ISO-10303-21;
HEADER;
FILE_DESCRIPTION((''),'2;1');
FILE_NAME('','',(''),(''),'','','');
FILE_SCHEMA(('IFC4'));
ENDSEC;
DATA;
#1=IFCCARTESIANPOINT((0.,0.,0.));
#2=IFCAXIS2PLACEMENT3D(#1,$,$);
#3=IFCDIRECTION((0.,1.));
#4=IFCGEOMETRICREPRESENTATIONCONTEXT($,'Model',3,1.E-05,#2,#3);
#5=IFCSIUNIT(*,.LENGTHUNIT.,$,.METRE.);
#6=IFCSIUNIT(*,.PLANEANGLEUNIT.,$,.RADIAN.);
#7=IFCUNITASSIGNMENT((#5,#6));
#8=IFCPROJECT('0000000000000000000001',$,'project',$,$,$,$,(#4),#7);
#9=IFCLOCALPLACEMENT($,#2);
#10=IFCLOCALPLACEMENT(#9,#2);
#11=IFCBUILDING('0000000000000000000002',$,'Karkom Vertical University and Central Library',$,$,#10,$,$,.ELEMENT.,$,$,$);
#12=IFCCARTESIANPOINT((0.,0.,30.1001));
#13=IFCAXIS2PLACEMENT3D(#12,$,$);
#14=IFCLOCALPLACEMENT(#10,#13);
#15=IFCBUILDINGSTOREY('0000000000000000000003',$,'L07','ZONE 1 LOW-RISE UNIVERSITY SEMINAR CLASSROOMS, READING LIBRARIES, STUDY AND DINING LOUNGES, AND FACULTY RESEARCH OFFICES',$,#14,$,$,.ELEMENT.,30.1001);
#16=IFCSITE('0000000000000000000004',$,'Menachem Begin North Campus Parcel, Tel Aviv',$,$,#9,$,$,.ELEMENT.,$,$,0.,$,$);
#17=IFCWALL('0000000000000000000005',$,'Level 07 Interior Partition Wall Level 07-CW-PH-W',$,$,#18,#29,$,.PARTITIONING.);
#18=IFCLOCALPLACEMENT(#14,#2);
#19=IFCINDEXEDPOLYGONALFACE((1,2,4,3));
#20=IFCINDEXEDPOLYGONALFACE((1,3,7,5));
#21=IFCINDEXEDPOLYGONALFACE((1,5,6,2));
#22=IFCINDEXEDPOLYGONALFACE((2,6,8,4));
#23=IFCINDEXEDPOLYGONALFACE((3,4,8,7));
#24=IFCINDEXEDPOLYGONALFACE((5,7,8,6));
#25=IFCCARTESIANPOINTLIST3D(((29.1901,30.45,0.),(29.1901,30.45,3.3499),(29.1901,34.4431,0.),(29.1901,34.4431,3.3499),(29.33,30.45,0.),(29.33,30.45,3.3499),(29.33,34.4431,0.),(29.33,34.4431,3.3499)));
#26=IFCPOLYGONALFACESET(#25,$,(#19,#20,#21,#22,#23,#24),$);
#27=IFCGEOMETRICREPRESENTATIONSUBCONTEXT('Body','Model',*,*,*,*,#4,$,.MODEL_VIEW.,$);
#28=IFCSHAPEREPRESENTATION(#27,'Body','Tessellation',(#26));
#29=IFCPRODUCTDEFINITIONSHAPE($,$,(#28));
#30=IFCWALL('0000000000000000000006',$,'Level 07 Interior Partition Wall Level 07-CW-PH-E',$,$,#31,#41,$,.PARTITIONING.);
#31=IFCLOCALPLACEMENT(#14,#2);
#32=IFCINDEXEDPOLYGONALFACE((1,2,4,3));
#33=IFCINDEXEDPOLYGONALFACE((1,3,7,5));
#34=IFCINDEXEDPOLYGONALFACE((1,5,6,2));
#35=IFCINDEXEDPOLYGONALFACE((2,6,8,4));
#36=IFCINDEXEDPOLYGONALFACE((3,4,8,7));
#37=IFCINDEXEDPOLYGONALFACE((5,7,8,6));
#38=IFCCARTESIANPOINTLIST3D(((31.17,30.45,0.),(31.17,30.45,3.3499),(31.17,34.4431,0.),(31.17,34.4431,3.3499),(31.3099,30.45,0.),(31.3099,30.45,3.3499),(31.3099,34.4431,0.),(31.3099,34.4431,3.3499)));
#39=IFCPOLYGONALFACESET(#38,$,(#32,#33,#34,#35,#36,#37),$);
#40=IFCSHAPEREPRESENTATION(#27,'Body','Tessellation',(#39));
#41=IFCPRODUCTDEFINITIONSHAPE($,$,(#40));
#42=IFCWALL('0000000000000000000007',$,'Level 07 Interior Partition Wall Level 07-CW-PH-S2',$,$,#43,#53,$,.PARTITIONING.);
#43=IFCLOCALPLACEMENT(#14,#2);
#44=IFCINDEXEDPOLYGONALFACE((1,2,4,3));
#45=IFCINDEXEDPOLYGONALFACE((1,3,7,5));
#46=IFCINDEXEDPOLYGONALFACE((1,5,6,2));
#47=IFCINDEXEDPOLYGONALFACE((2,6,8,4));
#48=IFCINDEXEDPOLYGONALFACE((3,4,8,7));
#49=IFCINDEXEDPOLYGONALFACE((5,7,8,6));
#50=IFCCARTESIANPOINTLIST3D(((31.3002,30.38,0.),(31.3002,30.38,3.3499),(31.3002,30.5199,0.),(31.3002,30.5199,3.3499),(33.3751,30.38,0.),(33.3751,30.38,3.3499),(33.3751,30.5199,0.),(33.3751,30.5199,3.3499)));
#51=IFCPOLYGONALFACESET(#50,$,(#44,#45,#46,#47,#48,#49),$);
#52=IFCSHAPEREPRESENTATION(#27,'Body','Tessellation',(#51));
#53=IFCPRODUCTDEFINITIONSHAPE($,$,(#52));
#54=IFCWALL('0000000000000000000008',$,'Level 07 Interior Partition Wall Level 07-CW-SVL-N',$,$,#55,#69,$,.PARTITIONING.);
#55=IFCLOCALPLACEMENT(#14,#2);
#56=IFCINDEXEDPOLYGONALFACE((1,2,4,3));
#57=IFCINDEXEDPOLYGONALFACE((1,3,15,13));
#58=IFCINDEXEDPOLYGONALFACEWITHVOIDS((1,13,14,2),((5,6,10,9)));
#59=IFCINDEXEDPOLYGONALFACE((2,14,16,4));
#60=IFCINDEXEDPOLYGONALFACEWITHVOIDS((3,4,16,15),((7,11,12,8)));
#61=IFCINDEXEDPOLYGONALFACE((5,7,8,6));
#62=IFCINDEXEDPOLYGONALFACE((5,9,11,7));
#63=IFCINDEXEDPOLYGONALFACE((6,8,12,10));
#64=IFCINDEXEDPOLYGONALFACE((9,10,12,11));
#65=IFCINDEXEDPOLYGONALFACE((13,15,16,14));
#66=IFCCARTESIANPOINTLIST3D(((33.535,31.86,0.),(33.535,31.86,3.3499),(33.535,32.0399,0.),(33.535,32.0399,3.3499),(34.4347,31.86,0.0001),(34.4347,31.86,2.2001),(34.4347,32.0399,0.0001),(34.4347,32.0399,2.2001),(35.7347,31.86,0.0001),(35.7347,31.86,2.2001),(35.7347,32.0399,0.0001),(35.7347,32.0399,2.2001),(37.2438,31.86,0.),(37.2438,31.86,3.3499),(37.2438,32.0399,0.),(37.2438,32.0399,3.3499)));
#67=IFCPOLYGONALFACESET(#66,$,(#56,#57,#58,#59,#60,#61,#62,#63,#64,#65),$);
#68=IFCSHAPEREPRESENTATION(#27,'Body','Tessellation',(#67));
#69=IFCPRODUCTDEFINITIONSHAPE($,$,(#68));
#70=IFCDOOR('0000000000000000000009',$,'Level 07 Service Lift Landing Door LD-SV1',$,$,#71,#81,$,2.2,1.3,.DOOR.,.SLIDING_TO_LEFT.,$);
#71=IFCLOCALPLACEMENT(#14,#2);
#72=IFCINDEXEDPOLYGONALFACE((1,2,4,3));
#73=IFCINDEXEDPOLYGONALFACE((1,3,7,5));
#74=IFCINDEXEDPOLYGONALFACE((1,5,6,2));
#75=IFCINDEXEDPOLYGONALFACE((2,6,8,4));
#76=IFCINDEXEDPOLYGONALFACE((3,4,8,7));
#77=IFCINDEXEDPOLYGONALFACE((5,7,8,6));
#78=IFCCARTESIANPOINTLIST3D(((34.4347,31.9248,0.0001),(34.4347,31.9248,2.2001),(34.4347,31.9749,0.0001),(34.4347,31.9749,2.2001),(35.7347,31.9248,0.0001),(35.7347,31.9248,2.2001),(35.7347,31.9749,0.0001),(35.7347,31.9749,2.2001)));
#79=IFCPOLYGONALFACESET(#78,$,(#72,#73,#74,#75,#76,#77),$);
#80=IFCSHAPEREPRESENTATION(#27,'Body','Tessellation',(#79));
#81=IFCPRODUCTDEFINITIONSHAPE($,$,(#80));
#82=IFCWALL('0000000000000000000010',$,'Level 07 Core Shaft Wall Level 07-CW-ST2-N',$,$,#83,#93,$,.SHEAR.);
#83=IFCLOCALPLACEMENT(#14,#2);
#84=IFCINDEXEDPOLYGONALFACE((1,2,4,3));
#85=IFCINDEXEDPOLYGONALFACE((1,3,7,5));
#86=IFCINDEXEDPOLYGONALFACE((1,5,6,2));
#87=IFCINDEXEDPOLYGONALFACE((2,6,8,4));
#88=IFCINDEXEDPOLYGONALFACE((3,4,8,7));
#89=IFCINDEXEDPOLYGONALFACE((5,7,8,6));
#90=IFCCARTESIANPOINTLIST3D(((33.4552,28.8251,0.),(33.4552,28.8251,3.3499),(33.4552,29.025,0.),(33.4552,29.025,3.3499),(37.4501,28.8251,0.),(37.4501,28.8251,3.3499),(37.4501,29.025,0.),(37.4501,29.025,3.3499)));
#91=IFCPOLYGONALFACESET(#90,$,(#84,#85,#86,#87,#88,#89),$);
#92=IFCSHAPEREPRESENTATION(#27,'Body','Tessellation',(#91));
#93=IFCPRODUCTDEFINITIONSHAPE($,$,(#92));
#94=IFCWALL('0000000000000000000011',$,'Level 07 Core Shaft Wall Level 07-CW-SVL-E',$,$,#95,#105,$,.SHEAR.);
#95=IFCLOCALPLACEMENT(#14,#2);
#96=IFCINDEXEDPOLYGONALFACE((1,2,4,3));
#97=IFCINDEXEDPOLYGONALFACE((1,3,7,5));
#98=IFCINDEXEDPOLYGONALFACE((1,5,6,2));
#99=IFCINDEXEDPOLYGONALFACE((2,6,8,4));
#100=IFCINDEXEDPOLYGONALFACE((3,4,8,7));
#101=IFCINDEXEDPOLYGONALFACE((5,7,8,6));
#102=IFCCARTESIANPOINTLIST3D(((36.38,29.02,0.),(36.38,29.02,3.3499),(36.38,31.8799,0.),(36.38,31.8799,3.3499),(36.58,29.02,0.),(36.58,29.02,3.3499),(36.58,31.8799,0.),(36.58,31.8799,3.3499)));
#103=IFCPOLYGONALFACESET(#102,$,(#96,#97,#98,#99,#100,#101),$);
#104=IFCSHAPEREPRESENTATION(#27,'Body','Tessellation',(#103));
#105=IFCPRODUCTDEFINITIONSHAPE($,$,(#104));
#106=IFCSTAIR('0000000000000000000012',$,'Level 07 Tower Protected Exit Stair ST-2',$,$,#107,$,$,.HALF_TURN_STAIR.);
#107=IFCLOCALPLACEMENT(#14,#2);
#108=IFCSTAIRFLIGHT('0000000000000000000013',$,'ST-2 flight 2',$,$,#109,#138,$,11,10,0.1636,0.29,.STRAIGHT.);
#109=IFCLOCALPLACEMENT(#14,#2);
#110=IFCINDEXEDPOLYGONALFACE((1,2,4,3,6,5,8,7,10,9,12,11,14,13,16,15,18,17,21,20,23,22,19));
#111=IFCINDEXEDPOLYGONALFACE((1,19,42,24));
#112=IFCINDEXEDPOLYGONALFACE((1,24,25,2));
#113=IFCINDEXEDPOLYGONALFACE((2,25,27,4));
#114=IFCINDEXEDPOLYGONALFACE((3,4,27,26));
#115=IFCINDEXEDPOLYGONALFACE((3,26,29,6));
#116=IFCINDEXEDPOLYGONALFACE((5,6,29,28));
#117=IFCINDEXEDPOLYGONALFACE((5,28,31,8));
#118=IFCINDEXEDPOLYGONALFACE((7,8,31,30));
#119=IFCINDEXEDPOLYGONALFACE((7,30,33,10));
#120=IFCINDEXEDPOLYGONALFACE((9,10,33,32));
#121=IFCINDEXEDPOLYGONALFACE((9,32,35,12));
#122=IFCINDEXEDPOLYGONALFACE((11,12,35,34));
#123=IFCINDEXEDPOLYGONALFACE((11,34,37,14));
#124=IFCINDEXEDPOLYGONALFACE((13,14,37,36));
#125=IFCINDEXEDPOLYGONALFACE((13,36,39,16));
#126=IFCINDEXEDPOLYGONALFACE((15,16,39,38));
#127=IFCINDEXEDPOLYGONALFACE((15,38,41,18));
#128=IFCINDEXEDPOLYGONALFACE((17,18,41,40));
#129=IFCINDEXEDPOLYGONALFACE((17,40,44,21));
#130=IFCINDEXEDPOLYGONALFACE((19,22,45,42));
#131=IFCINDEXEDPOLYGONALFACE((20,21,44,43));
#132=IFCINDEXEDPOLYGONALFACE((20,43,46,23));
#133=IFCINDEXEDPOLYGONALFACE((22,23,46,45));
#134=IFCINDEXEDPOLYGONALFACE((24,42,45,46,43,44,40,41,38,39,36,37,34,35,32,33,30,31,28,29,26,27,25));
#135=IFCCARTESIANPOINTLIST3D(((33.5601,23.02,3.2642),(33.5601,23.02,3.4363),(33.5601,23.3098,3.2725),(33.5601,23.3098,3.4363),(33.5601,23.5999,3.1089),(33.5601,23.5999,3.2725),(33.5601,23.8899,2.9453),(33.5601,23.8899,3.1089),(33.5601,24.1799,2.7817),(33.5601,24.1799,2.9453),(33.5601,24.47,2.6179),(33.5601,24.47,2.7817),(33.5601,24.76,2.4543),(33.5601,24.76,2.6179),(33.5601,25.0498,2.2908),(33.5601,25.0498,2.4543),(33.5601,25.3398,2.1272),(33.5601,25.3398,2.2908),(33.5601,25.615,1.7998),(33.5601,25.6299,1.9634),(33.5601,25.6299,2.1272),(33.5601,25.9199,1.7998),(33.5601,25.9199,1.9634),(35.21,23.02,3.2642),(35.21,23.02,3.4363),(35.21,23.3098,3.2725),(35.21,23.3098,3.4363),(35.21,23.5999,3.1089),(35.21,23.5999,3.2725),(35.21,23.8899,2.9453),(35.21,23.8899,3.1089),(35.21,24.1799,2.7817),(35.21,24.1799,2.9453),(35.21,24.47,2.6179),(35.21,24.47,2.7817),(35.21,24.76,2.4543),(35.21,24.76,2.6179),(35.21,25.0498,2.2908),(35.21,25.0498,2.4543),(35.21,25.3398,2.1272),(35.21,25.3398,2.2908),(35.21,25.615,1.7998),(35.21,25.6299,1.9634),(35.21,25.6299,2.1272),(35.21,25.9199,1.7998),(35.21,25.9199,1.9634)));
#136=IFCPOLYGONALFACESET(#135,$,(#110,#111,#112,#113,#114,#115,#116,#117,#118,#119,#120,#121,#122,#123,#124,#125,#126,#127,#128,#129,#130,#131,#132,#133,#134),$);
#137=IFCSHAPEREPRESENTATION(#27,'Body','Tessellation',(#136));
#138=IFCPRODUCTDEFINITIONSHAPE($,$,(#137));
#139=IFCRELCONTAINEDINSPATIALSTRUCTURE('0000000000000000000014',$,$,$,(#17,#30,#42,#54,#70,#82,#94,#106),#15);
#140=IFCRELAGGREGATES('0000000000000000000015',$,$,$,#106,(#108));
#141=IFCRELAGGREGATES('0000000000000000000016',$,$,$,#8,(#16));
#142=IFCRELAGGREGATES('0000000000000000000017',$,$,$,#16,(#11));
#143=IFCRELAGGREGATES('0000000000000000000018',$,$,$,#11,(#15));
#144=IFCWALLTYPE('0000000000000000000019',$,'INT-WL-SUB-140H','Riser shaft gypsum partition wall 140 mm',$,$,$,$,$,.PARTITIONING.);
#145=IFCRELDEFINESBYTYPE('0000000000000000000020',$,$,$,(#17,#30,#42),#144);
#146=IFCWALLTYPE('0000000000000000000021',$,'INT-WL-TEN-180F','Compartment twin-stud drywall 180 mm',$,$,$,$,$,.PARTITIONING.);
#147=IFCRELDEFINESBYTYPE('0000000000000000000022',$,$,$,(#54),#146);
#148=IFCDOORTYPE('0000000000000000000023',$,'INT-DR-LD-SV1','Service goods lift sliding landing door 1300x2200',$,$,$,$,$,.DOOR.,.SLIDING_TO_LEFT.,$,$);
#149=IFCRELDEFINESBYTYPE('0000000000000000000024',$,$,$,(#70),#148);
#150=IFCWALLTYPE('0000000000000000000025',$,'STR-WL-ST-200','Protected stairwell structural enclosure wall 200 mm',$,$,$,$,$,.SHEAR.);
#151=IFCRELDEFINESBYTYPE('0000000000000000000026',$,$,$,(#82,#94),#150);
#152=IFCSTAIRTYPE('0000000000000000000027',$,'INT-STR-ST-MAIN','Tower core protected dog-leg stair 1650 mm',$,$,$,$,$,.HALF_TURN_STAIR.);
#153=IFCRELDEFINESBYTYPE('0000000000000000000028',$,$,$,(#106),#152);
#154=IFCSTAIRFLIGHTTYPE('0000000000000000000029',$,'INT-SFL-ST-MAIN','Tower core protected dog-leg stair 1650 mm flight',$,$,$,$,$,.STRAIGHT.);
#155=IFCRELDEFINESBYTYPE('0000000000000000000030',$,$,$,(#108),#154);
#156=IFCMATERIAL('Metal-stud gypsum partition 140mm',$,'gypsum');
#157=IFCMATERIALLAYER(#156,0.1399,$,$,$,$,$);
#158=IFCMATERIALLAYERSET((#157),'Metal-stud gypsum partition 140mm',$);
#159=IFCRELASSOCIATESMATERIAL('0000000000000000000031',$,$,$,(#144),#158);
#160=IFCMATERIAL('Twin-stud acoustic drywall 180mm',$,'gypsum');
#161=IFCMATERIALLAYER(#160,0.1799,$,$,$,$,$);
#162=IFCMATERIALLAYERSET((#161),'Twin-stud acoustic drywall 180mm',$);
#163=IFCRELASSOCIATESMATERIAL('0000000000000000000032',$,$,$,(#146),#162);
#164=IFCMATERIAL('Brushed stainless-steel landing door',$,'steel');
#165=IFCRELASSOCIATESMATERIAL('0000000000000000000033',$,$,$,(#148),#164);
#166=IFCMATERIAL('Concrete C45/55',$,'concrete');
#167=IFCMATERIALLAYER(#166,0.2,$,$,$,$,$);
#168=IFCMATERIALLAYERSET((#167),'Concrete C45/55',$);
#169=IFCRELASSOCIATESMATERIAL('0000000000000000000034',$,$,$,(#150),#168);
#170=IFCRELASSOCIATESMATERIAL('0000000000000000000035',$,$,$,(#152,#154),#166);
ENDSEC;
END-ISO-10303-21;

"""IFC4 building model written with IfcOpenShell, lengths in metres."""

from ifc_helpers import new_model, si_unit, direction, frame, frame_2d, origin, origin_with_axes, place, context, subcontext, project, spatial, polyline, rectangle, outline, extrude, source, transform, mapped, material, layer, layer_set, type_object, element, fill, aggregate, save


model = new_model("IFC4")

# Units and contexts
model_context = context("Model", 3, precision=1e-05, world=origin(), true_north=direction((0.0, 1.0)))
body_context = subcontext(model_context, "Body", "Model", "MODEL_VIEW")
ifc_project = project(units=[si_unit("LENGTHUNIT", "METRE"), si_unit("PLANEANGLEUNIT", "RADIAN")], contexts=[model_context])

# Site, building, storey
site_placement = place(None, origin())
site = spatial("IfcSite", under=ifc_project, at=site_placement, Name="Menachem Begin North Campus Parcel, Tel Aviv", CompositionType="ELEMENT", RefElevation=0.0)
building_placement = place(site_placement, origin())
building = spatial("IfcBuilding", under=site, at=building_placement, Name="Karkom Vertical University and Central Library", CompositionType="ELEMENT")
storey_placement = place(building_placement, frame((0.0, 0.0, 30.1001)))
storey = spatial("IfcBuildingStorey", under=building, at=storey_placement, Name="L07", Description="ZONE 1 LOW-RISE UNIVERSITY SEMINAR CLASSROOMS, READING LIBRARIES, STUDY AND DINING LOUNGES, AND FACULTY RESEARCH OFFICES", CompositionType="ELEMENT", Elevation=30.1001)

# Walls
ifc_material_1 = material(Name="Metal-stud gypsum partition 140mm", Category="gypsum")
ifc_layer_1 = layer(ifc_material_1, 0.1399)
ifc_layer_set_1 = layer_set([ifc_layer_1], Name="Metal-stud gypsum partition 140mm")
wall_type_1 = type_object("IfcWallType", Name="INT-WL-SUB-140H", Description="Riser shaft gypsum partition wall 140 mm", PredefinedType="PARTITIONING", material=ifc_layer_set_1)
for number, where, z_axis, x_axis, name in (
    (1, (29.26, 30.45, 0.0), (0.0, 0.0, 1.0), (0.0, 1.0, 0.0), "Level 07 Interior Partition Wall Level 07-CW-PH-W"),
    (2, (31.24, 30.45, 0.0), (0.0, 0.0, 1.0), (0.0, 1.0, 0.0), "Level 07 Interior Partition Wall Level 07-CW-PH-E"),
):
    element("IfcWall", number, at=place(storey_placement, frame(where, z_axis=z_axis, x_axis=x_axis)), inside=storey, type_object=wall_type_1, Name=name, PredefinedType="PARTITIONING", context=body_context, shape_type="SweptSolid", body=[
        extrude(rectangle(XDim=3.9932, YDim=0.1399, at=frame_2d((1.9966, 0.0))), origin(), (0.0, 0.0, 1.0), 3.3499),
    ])
wall_1_placement = place(storey_placement, frame((31.3, 30.45, 0.0), z_axis=(0.0, 0.0, 1.0), x_axis=(1.0, 0.0, 0.0)))
element("IfcWall", 3, at=wall_1_placement, inside=storey, type_object=wall_type_1, Name="Level 07 Interior Partition Wall Level 07-CW-PH-S2", PredefinedType="PARTITIONING", context=body_context, shape_type="SweptSolid", body=[
    extrude(rectangle(XDim=2.075, YDim=0.1399, at=frame_2d((1.0376, 0.0))), origin(), (0.0, 0.0, 1.0), 3.3499),
])

# Wall, opening, door
ifc_material_2 = material(Name="Twin-stud acoustic drywall 180mm", Category="gypsum")
ifc_layer_2 = layer(ifc_material_2, 0.1799)
ifc_layer_set_2 = layer_set([ifc_layer_2], Name="Twin-stud acoustic drywall 180mm")
wall_type_2 = type_object("IfcWallType", Name="INT-WL-TEN-180F", Description="Compartment twin-stud drywall 180 mm", PredefinedType="PARTITIONING", material=ifc_layer_set_2)
wall_2_placement = place(storey_placement, frame((33.5349, 31.95, 0.0), z_axis=(0.0, 0.0, 1.0), x_axis=(1.0, 0.0, 0.0)))
wall_2 = element("IfcWall", 4, at=wall_2_placement, inside=storey, type_object=wall_type_2, Name="Level 07 Interior Partition Wall Level 07-CW-SVL-N", PredefinedType="PARTITIONING", context=body_context, shape_type="SweptSolid", body=[
    extrude(rectangle(XDim=3.7087, YDim=0.1799, at=frame_2d((1.8545, 0.0))), origin(), (0.0, 0.0, 1.0), 3.3499),
])
opening_1_placement = place(wall_2_placement, frame((0.8999, 0.0, 0.0)))
opening_1 = element("IfcOpeningElement", 5, at=opening_1_placement, cuts=wall_2, PredefinedType="OPENING", context=body_context, shape_type="SweptSolid", body=[
    extrude(rectangle(XDim=1.3, YDim=2.2, at=frame_2d((0.6499, 1.1001))), frame((0.0, 0.1001, 0.0), z_axis=(0.0, -1.0, 0.0), x_axis=(1.0, 0.0, 0.0)), (0.0, 0.0, 1.0), 0.2),
])
ifc_material_3 = material(Name="Brushed stainless-steel landing door", Category="steel")
door_type_1 = type_object("IfcDoorType", Name="INT-DR-LD-SV1", Description="Service goods lift sliding landing door 1300x2200", OperationType="SLIDING_TO_LEFT", PredefinedType="DOOR", material=ifc_material_3)
shared_shape_1 = source(origin_with_axes(), body_context, "Body", "SweptSolid", [
    extrude(rectangle(XDim=1.3, YDim=2.2, at=frame_2d((0.6499, 1.1001))), frame((0.0, 0.0249, 0.0), z_axis=(0.0, -1.0, 0.0), x_axis=(1.0, 0.0, 0.0)), (0.0, 0.0, 1.0), 0.05),
])
door_1_placement = place(opening_1_placement, origin())
door_1 = element("IfcDoor", 6, at=door_1_placement, inside=storey, type_object=door_type_1, Name="Level 07 Service Lift Landing Door LD-SV1", OperationType="SLIDING_TO_LEFT", OverallHeight=2.2, OverallWidth=1.3, PredefinedType="DOOR", context=body_context, shape_type="MappedRepresentation", body=[
    mapped(shared_shape_1, transform((0.0, 0.0, 0.0), scale=1.0)),
])
fill(opening_1, door_1)

# Walls
ifc_material_4 = material(Name="Concrete C45/55", Category="concrete")
ifc_layer_3 = layer(ifc_material_4, 0.2)
ifc_layer_set_3 = layer_set([ifc_layer_3], Name="Concrete C45/55")
wall_type_3 = type_object("IfcWallType", Name="STR-WL-ST-200", Description="Protected stairwell structural enclosure wall 200 mm", PredefinedType="SHEAR", material=ifc_layer_set_3)
wall_3_placement = place(storey_placement, frame((33.4551, 28.925, 0.0), z_axis=(0.0, 0.0, 1.0), x_axis=(1.0, 0.0, 0.0)))
element("IfcWall", 7, at=wall_3_placement, inside=storey, type_object=wall_type_3, Name="Level 07 Core Shaft Wall Level 07-CW-ST2-N", PredefinedType="SHEAR", context=body_context, shape_type="SweptSolid", body=[
    extrude(rectangle(XDim=3.9949, YDim=0.2, at=frame_2d((1.9976, 0.0))), origin(), (0.0, 0.0, 1.0), 3.3499),
])
wall_4_placement = place(storey_placement, frame((36.48, 29.02, 0.0), z_axis=(0.0, 0.0, 1.0), x_axis=(0.0, 1.0, 0.0)))
element("IfcWall", 8, at=wall_4_placement, inside=storey, type_object=wall_type_3, Name="Level 07 Core Shaft Wall Level 07-CW-SVL-E", PredefinedType="SHEAR", context=body_context, shape_type="SweptSolid", body=[
    extrude(rectangle(XDim=2.8599, YDim=0.2, at=frame_2d((1.4299, 0.0))), origin(), (0.0, 0.0, 1.0), 3.3499),
])

# Stair, stair flight
stair_type = type_object("IfcStairType", Name="INT-STR-ST-MAIN", Description="Tower core protected dog-leg stair 1650 mm", PredefinedType="HALF_TURN_STAIR", material=ifc_material_4)
stair_placement = place(storey_placement, origin())
stair = element("IfcStair", 9, at=stair_placement, inside=storey, type_object=stair_type, Name="Level 07 Tower Protected Exit Stair ST-2", PredefinedType="HALF_TURN_STAIR")
stair_flight_type = type_object("IfcStairFlightType", Name="INT-SFL-ST-MAIN", Description="Tower core protected dog-leg stair 1650 mm flight", PredefinedType="STRAIGHT", material=ifc_material_4)
stair_flight_placement = place(storey_placement, frame((34.385, 25.9199, 1.7998), z_axis=(0.0, 0.0, 1.0), x_axis=(0.0, -1.0, 0.0)))
stair_flight = element("IfcStairFlight", 10, at=stair_flight_placement, type_object=stair_flight_type, Name="ST-2 flight 2", NumberOfRisers=11, NumberOfTreads=10, PredefinedType="STRAIGHT", RiserHeight=0.1636, TreadLength=0.29, context=body_context, shape_type="SweptSolid", body=[
    extrude(outline(polyline([(0.0, 0.0), (0.0, 0.1636), (0.29, 0.1636), (0.29, 0.3274), (0.5801, 0.3274), (0.5801, 0.491), (0.8701, 0.491), (0.8701, 0.6545), (1.1599, 0.6545), (1.1599, 0.8181), (1.45, 0.8181), (1.45, 0.9819), (1.74, 0.9819), (1.74, 1.1455), (2.03, 1.1455), (2.03, 1.3091), (2.3201, 1.3091), (2.3201, 1.4727), (2.6101, 1.4727), (2.6101, 1.6365), (2.8999, 1.6365), (2.8999, 1.8), (2.8999, 1.4644), (0.3049, 0.0), (0.0, 0.0)])), frame((0.0, 0.825, 0.0), z_axis=(0.0, -1.0, 0.0), x_axis=(1.0, 0.0, 0.0)), (0.0, 0.0, 1.0), 1.6499),
])
aggregate(stair, [stair_flight])

save(model, "model.ifc")
